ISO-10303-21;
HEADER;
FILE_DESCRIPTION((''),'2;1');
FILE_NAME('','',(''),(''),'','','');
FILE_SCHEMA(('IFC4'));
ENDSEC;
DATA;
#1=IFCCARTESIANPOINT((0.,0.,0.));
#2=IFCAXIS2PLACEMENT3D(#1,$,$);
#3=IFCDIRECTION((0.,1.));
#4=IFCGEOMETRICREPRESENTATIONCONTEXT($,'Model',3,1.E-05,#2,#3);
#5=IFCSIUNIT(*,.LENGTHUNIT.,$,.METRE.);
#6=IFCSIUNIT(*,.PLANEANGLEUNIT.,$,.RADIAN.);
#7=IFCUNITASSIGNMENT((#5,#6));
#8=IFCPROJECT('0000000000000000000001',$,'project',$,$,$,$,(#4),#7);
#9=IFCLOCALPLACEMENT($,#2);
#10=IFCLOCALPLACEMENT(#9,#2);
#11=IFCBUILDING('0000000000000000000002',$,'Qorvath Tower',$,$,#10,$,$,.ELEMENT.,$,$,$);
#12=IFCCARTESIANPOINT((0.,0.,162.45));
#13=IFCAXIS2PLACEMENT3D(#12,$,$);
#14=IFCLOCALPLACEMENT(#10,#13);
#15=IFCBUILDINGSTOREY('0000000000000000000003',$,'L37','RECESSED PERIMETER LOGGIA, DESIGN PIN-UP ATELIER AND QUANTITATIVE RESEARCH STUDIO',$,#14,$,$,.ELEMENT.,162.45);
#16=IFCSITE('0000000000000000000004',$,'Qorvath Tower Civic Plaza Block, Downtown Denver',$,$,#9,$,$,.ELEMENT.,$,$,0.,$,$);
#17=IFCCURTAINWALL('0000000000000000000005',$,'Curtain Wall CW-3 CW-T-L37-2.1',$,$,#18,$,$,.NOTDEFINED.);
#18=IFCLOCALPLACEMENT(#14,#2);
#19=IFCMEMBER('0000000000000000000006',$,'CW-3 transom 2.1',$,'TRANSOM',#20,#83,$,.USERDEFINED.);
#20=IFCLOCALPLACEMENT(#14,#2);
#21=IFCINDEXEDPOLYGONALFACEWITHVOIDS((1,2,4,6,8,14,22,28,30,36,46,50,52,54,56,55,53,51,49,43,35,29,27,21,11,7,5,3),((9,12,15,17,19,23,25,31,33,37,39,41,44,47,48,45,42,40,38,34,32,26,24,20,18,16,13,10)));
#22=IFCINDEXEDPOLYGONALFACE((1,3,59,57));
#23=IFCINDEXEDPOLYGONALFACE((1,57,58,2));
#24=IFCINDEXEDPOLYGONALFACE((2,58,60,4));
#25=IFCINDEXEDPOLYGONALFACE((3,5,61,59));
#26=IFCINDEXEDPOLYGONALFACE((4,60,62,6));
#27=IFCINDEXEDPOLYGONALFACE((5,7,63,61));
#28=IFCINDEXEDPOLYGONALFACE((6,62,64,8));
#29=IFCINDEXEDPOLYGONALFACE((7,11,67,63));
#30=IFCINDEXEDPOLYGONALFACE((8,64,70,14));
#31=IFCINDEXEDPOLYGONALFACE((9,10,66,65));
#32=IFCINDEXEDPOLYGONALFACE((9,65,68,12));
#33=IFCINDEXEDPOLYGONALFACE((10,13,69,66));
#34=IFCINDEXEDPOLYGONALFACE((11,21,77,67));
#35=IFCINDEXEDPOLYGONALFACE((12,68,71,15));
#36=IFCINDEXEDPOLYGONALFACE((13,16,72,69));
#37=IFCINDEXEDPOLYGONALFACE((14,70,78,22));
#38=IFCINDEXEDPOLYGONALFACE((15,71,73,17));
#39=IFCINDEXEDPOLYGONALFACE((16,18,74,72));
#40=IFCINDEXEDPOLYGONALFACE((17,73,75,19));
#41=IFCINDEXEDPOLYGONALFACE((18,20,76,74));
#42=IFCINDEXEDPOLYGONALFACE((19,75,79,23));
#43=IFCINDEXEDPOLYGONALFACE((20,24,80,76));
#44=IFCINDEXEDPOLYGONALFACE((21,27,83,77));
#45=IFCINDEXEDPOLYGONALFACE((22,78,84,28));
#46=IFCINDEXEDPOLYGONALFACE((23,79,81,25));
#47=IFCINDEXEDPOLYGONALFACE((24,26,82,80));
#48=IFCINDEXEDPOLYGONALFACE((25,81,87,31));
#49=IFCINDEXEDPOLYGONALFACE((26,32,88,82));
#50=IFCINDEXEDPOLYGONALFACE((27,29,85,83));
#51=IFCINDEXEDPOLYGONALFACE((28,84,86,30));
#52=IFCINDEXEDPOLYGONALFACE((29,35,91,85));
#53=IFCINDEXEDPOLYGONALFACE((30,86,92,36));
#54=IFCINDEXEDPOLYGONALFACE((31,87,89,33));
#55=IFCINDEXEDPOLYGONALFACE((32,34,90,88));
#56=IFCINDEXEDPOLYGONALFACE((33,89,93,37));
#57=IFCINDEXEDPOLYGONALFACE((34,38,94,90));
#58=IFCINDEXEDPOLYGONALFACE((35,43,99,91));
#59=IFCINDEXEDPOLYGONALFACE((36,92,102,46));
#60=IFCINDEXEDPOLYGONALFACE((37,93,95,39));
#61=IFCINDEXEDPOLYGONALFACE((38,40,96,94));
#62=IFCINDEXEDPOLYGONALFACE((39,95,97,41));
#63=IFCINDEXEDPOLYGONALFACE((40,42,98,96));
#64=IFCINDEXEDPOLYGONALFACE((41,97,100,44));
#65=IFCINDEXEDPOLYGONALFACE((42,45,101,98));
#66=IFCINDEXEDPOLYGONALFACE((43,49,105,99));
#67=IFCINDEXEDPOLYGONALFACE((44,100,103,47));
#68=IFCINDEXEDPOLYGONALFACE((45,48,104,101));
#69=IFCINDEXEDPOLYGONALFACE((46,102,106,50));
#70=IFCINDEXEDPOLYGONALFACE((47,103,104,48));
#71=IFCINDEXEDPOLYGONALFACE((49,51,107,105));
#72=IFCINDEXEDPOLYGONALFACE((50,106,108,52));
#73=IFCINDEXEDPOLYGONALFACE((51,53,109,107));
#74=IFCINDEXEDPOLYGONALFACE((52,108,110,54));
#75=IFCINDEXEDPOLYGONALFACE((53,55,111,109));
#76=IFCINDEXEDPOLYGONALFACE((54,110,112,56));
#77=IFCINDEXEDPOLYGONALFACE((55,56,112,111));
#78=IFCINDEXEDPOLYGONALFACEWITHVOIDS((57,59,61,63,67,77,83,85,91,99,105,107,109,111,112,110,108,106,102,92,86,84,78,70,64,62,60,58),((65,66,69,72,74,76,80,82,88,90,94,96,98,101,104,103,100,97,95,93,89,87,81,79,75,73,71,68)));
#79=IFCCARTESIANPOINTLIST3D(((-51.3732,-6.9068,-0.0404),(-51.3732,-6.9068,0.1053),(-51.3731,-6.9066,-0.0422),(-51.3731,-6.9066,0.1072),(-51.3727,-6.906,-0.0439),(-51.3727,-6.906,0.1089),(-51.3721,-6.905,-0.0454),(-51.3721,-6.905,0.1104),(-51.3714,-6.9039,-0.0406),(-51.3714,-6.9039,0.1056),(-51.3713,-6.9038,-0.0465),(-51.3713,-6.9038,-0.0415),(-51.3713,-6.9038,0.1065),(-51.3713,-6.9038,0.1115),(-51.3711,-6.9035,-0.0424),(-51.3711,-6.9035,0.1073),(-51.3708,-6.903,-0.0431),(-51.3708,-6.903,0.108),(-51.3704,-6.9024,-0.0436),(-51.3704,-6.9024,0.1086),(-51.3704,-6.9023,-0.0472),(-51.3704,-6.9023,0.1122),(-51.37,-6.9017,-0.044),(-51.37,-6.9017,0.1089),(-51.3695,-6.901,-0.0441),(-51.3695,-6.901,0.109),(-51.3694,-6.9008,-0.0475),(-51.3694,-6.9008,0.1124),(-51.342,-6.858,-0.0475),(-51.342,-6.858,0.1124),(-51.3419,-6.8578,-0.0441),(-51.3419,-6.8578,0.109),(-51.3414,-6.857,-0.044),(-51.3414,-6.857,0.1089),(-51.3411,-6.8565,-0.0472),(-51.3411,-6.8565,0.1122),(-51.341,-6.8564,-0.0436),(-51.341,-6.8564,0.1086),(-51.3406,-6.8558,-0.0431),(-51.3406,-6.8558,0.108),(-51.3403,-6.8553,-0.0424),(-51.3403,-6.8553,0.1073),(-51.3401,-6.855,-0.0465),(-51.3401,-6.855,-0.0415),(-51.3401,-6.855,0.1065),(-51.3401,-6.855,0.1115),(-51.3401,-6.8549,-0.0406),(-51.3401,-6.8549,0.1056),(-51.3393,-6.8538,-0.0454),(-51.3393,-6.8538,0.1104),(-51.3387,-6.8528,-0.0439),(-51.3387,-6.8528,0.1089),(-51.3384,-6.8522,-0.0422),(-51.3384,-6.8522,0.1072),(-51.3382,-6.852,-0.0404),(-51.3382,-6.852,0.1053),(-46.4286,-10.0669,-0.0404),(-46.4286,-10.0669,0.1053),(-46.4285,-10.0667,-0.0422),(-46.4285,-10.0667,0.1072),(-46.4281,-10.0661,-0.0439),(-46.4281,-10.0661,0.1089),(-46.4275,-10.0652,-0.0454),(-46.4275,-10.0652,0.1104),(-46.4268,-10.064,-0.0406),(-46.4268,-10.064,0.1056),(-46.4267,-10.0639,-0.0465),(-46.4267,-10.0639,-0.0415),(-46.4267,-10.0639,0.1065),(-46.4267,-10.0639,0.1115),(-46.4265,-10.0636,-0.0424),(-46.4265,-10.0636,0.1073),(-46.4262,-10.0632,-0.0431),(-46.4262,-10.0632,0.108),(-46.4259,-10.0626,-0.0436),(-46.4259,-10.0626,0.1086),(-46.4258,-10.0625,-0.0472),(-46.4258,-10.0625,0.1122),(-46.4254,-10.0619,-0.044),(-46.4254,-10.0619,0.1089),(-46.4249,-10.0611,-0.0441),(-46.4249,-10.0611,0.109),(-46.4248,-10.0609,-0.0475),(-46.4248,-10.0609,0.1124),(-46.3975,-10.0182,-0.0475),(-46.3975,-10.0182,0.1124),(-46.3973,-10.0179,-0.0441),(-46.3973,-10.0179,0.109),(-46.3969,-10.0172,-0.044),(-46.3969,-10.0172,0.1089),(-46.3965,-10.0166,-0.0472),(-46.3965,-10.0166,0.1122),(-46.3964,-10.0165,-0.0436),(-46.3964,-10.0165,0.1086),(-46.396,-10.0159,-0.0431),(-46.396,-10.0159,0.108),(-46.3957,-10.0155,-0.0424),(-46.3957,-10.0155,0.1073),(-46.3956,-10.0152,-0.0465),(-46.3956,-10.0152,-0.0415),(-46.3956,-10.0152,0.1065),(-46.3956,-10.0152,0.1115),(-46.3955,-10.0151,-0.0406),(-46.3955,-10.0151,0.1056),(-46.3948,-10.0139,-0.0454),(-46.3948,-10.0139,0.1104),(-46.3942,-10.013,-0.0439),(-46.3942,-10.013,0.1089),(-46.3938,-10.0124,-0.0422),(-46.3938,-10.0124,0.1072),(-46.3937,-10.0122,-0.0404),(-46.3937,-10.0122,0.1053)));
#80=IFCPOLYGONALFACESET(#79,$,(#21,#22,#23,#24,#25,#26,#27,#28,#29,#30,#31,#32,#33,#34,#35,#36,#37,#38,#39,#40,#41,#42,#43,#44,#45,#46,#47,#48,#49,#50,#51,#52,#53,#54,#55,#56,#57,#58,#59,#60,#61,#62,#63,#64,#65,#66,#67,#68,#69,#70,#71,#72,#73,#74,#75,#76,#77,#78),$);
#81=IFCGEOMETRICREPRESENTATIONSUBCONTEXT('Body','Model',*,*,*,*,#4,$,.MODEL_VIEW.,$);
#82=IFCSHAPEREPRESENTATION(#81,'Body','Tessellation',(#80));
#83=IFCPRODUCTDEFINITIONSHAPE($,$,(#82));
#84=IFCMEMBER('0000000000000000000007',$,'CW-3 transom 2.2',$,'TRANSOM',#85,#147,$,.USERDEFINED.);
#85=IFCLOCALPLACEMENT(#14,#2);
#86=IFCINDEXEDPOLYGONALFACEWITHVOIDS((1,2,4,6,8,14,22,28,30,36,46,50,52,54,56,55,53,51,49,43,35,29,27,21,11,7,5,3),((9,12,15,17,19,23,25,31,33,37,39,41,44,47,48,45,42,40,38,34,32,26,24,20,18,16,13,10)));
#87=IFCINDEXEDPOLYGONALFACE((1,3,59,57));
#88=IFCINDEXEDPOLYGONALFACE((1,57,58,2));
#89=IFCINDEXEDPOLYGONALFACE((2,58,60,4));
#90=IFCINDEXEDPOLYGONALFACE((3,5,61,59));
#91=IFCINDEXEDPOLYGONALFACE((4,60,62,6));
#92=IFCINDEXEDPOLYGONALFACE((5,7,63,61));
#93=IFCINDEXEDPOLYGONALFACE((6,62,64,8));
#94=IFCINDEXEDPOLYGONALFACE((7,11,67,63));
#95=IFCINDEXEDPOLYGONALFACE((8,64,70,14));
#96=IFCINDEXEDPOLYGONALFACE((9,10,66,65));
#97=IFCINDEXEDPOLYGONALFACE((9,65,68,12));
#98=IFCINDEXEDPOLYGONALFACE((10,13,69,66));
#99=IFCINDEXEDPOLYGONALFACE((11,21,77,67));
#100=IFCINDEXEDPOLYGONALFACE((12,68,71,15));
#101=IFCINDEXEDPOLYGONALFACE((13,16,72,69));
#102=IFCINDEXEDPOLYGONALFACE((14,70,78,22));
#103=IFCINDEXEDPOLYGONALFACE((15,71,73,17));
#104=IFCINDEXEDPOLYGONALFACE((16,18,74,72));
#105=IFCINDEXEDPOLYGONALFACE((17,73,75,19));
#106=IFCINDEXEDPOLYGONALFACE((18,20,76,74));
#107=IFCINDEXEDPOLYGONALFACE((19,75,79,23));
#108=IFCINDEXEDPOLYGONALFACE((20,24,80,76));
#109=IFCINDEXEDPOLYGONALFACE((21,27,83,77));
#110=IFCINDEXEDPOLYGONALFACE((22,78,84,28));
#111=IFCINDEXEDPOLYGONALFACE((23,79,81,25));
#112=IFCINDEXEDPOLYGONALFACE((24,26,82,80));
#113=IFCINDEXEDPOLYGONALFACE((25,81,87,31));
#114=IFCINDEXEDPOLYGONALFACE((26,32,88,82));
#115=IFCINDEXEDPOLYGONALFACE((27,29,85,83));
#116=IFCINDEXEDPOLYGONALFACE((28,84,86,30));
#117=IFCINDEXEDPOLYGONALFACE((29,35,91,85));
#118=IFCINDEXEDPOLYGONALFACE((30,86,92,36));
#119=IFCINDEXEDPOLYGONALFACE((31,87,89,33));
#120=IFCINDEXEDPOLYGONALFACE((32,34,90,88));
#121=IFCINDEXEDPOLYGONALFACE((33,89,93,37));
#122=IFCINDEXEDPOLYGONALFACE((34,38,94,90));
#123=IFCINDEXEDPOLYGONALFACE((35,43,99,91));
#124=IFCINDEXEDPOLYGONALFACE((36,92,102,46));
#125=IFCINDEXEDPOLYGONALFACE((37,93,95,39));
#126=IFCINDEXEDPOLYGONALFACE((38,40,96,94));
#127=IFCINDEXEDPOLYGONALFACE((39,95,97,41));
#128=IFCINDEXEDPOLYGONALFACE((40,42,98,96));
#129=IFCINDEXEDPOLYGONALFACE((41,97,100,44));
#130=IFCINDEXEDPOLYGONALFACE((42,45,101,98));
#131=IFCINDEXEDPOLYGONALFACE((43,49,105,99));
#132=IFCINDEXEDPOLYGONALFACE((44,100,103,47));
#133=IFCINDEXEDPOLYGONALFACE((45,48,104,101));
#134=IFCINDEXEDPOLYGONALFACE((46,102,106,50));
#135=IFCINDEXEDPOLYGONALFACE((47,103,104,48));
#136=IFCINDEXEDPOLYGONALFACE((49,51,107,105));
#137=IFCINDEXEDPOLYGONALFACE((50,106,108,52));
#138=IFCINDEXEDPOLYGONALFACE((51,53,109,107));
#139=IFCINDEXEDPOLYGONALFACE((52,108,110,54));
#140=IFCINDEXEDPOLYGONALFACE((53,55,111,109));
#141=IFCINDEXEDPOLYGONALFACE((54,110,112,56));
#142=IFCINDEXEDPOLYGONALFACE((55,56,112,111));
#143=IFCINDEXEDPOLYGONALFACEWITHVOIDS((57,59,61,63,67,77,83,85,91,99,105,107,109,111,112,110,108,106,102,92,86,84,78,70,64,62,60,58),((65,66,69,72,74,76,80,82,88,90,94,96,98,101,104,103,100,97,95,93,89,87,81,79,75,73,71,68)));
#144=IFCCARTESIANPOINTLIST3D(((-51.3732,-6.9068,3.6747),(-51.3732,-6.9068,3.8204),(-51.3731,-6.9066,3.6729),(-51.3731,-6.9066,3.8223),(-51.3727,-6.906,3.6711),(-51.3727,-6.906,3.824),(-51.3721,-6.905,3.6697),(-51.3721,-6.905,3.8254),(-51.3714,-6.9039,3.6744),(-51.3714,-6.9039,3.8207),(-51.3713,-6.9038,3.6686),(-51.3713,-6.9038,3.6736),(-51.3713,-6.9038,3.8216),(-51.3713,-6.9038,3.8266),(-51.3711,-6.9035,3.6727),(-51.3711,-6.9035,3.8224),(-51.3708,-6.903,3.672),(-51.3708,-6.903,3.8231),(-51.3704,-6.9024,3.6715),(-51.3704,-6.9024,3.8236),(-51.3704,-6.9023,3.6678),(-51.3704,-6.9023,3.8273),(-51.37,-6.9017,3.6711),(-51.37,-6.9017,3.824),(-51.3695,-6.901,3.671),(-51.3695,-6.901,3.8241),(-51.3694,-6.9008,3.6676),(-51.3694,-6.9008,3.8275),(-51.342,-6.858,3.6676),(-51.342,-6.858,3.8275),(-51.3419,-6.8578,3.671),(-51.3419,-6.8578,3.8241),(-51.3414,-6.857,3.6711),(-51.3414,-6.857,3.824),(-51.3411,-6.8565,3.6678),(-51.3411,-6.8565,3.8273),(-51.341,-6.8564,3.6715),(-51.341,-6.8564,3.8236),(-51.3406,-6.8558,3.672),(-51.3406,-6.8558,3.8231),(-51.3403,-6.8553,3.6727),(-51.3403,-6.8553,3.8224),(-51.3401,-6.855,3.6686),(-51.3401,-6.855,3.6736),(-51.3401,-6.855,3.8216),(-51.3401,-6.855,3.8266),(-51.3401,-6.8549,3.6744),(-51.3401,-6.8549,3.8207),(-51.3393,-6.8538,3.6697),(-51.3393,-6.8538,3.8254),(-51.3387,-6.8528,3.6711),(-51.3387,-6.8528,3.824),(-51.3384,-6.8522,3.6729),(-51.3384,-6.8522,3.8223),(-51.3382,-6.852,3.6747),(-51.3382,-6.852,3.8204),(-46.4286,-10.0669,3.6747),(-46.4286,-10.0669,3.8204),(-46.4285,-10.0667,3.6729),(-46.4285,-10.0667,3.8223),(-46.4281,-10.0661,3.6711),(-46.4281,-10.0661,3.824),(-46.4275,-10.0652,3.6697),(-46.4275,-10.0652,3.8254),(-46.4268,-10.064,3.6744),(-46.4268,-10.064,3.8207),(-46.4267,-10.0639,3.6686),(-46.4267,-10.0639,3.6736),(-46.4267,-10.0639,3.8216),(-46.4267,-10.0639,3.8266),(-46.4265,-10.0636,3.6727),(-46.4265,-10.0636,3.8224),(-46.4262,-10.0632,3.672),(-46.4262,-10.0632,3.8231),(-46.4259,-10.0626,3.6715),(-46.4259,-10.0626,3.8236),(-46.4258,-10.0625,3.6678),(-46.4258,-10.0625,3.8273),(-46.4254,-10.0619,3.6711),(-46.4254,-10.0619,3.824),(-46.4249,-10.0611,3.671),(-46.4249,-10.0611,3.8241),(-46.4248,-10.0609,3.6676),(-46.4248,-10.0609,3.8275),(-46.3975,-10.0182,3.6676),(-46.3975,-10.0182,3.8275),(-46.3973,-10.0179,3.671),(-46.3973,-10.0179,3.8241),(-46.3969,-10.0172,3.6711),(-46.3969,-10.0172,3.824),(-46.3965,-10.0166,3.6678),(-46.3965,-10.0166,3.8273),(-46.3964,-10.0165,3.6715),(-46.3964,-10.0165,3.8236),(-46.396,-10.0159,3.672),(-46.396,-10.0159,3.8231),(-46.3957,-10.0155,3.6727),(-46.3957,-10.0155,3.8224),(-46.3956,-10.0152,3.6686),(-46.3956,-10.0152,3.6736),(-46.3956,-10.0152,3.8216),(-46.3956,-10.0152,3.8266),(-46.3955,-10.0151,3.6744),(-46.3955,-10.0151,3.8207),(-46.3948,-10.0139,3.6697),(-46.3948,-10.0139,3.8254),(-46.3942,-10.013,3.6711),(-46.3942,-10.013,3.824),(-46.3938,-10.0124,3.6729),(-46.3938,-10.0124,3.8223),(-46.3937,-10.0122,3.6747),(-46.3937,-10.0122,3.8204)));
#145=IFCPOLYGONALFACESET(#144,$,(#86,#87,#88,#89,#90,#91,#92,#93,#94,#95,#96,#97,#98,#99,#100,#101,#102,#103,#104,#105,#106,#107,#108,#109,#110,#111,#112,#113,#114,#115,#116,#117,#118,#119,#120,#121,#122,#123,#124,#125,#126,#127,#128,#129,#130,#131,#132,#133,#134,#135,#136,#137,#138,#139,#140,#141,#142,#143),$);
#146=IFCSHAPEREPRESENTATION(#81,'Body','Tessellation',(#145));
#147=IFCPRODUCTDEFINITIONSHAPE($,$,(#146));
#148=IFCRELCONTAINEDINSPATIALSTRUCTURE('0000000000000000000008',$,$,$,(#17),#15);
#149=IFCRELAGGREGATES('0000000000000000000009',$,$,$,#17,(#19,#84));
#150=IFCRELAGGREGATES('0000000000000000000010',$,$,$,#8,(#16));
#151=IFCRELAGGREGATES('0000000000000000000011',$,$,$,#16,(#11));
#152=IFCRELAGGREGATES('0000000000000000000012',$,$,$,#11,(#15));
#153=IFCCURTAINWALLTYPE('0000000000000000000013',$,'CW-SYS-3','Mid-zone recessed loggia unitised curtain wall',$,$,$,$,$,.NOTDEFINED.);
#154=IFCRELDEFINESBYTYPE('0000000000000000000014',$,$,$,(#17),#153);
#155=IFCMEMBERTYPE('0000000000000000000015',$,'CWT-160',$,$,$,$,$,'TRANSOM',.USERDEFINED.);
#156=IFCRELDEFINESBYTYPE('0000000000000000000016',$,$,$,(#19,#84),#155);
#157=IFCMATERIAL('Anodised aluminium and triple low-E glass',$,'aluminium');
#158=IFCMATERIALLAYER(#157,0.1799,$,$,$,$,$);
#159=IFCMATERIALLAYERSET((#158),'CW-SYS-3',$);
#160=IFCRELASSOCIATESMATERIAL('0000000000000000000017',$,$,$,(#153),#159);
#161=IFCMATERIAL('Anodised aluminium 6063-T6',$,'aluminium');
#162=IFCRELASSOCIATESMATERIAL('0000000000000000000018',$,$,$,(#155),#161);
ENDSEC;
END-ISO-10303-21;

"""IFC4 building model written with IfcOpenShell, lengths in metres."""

from ifc_helpers import new_model, si_unit, direction, frame, origin, origin_2d, place, context, subcontext, project, spatial, hollow_rectangle, extrude, material, layer, layer_set, material_profile, profile_set, type_object, element, aggregate, save


model = new_model("IFC4")

# Units and contexts
model_context = context("Model", 3, precision=1e-05, world=origin(), true_north=direction((0.0, 1.0)))
body_context = subcontext(model_context, "Body", "Model", "MODEL_VIEW")
ifc_project = project(units=[si_unit("LENGTHUNIT", "METRE"), si_unit("PLANEANGLEUNIT", "RADIAN")], contexts=[model_context])

# Site, building, storey
site_placement = place(None, origin())
site = spatial("IfcSite", under=ifc_project, at=site_placement, Name="Qorvath Tower Civic Plaza Block, Downtown Denver", CompositionType="ELEMENT", RefElevation=0.0)
building_placement = place(site_placement, origin())
building = spatial("IfcBuilding", under=site, at=building_placement, Name="Qorvath Tower", CompositionType="ELEMENT")
storey_placement = place(building_placement, frame((0.0, 0.0, 162.45)))
storey = spatial("IfcBuildingStorey", under=building, at=storey_placement, Name="L37", Description="RECESSED PERIMETER LOGGIA, DESIGN PIN-UP ATELIER AND QUANTITATIVE RESEARCH STUDIO", CompositionType="ELEMENT", Elevation=162.45)

# Curtain wall, members
ifc_material_1 = material(Name="Anodised aluminium and triple low-E glass", Category="aluminium")
ifc_layer_1 = layer(ifc_material_1, 0.1799)
ifc_layer_set_1 = layer_set([ifc_layer_1], Name="CW-SYS-3")
curtain_wall_type = type_object("IfcCurtainWallType", Name="CW-SYS-3", Description="Mid-zone recessed loggia unitised curtain wall", PredefinedType="NOTDEFINED", material=ifc_layer_set_1)
curtain_wall_placement = place(storey_placement, origin())
curtain_wall = element("IfcCurtainWall", 1, at=curtain_wall_placement, inside=storey, type_object=curtain_wall_type, Name="Curtain Wall CW-3 CW-T-L37-2.1", PredefinedType="NOTDEFINED")
ifc_material_2 = material(Name="Anodised aluminium 6063-T6", Category="aluminium")
ifc_material_profile_1 = material_profile(ifc_material_2, hollow_rectangle(XDim=0.0649, YDim=0.1599, WallThickness=0.0034, InnerFilletRadius=0.0034, OuterFilletRadius=0.0071, at=origin_2d()), Name="CWT 160x65")
ifc_profile_set_1 = profile_set([ifc_material_profile_1], Name="Anodised aluminium 6063-T6")
member_type_1 = type_object("IfcMemberType", Name="CWT-160", ElementType="TRANSOM", PredefinedType="USERDEFINED", material=ifc_profile_set_1)
member_1_placement = place(storey_placement, frame((-51.3557, -6.8794, 0.0325), z_axis=(0.84261, -0.538525, 0.0), x_axis=(0.538525, 0.84261, 0.0)))
member_1 = element("IfcMember", 2, at=member_1_placement, type_object=member_type_1, Name="CW-3 transom 2.1", ObjectType="TRANSOM", PredefinedType="USERDEFINED", context=body_context, shape_type="SweptSolid", body=[
    extrude(hollow_rectangle(XDim=0.0649, YDim=0.1599, WallThickness=0.0034, InnerFilletRadius=0.0034, OuterFilletRadius=0.0071, at=origin_2d()), origin(), (0.0, 0.0, 1.0), 5.8682),
])
member_2_placement = place(storey_placement, frame((-51.3557, -6.8794, 3.7476), z_axis=(0.84261, -0.538525, 0.0), x_axis=(0.538525, 0.84261, 0.0)))
member_2 = element("IfcMember", 3, at=member_2_placement, type_object=member_type_1, Name="CW-3 transom 2.2", ObjectType="TRANSOM", PredefinedType="USERDEFINED", context=body_context, shape_type="SweptSolid", body=[
    extrude(hollow_rectangle(XDim=0.0649, YDim=0.1599, WallThickness=0.0034, InnerFilletRadius=0.0034, OuterFilletRadius=0.0071, at=origin_2d()), origin(), (0.0, 0.0, 1.0), 5.8682),
])
aggregate(curtain_wall, [member_1, member_2])

save(model, "model.ifc")
